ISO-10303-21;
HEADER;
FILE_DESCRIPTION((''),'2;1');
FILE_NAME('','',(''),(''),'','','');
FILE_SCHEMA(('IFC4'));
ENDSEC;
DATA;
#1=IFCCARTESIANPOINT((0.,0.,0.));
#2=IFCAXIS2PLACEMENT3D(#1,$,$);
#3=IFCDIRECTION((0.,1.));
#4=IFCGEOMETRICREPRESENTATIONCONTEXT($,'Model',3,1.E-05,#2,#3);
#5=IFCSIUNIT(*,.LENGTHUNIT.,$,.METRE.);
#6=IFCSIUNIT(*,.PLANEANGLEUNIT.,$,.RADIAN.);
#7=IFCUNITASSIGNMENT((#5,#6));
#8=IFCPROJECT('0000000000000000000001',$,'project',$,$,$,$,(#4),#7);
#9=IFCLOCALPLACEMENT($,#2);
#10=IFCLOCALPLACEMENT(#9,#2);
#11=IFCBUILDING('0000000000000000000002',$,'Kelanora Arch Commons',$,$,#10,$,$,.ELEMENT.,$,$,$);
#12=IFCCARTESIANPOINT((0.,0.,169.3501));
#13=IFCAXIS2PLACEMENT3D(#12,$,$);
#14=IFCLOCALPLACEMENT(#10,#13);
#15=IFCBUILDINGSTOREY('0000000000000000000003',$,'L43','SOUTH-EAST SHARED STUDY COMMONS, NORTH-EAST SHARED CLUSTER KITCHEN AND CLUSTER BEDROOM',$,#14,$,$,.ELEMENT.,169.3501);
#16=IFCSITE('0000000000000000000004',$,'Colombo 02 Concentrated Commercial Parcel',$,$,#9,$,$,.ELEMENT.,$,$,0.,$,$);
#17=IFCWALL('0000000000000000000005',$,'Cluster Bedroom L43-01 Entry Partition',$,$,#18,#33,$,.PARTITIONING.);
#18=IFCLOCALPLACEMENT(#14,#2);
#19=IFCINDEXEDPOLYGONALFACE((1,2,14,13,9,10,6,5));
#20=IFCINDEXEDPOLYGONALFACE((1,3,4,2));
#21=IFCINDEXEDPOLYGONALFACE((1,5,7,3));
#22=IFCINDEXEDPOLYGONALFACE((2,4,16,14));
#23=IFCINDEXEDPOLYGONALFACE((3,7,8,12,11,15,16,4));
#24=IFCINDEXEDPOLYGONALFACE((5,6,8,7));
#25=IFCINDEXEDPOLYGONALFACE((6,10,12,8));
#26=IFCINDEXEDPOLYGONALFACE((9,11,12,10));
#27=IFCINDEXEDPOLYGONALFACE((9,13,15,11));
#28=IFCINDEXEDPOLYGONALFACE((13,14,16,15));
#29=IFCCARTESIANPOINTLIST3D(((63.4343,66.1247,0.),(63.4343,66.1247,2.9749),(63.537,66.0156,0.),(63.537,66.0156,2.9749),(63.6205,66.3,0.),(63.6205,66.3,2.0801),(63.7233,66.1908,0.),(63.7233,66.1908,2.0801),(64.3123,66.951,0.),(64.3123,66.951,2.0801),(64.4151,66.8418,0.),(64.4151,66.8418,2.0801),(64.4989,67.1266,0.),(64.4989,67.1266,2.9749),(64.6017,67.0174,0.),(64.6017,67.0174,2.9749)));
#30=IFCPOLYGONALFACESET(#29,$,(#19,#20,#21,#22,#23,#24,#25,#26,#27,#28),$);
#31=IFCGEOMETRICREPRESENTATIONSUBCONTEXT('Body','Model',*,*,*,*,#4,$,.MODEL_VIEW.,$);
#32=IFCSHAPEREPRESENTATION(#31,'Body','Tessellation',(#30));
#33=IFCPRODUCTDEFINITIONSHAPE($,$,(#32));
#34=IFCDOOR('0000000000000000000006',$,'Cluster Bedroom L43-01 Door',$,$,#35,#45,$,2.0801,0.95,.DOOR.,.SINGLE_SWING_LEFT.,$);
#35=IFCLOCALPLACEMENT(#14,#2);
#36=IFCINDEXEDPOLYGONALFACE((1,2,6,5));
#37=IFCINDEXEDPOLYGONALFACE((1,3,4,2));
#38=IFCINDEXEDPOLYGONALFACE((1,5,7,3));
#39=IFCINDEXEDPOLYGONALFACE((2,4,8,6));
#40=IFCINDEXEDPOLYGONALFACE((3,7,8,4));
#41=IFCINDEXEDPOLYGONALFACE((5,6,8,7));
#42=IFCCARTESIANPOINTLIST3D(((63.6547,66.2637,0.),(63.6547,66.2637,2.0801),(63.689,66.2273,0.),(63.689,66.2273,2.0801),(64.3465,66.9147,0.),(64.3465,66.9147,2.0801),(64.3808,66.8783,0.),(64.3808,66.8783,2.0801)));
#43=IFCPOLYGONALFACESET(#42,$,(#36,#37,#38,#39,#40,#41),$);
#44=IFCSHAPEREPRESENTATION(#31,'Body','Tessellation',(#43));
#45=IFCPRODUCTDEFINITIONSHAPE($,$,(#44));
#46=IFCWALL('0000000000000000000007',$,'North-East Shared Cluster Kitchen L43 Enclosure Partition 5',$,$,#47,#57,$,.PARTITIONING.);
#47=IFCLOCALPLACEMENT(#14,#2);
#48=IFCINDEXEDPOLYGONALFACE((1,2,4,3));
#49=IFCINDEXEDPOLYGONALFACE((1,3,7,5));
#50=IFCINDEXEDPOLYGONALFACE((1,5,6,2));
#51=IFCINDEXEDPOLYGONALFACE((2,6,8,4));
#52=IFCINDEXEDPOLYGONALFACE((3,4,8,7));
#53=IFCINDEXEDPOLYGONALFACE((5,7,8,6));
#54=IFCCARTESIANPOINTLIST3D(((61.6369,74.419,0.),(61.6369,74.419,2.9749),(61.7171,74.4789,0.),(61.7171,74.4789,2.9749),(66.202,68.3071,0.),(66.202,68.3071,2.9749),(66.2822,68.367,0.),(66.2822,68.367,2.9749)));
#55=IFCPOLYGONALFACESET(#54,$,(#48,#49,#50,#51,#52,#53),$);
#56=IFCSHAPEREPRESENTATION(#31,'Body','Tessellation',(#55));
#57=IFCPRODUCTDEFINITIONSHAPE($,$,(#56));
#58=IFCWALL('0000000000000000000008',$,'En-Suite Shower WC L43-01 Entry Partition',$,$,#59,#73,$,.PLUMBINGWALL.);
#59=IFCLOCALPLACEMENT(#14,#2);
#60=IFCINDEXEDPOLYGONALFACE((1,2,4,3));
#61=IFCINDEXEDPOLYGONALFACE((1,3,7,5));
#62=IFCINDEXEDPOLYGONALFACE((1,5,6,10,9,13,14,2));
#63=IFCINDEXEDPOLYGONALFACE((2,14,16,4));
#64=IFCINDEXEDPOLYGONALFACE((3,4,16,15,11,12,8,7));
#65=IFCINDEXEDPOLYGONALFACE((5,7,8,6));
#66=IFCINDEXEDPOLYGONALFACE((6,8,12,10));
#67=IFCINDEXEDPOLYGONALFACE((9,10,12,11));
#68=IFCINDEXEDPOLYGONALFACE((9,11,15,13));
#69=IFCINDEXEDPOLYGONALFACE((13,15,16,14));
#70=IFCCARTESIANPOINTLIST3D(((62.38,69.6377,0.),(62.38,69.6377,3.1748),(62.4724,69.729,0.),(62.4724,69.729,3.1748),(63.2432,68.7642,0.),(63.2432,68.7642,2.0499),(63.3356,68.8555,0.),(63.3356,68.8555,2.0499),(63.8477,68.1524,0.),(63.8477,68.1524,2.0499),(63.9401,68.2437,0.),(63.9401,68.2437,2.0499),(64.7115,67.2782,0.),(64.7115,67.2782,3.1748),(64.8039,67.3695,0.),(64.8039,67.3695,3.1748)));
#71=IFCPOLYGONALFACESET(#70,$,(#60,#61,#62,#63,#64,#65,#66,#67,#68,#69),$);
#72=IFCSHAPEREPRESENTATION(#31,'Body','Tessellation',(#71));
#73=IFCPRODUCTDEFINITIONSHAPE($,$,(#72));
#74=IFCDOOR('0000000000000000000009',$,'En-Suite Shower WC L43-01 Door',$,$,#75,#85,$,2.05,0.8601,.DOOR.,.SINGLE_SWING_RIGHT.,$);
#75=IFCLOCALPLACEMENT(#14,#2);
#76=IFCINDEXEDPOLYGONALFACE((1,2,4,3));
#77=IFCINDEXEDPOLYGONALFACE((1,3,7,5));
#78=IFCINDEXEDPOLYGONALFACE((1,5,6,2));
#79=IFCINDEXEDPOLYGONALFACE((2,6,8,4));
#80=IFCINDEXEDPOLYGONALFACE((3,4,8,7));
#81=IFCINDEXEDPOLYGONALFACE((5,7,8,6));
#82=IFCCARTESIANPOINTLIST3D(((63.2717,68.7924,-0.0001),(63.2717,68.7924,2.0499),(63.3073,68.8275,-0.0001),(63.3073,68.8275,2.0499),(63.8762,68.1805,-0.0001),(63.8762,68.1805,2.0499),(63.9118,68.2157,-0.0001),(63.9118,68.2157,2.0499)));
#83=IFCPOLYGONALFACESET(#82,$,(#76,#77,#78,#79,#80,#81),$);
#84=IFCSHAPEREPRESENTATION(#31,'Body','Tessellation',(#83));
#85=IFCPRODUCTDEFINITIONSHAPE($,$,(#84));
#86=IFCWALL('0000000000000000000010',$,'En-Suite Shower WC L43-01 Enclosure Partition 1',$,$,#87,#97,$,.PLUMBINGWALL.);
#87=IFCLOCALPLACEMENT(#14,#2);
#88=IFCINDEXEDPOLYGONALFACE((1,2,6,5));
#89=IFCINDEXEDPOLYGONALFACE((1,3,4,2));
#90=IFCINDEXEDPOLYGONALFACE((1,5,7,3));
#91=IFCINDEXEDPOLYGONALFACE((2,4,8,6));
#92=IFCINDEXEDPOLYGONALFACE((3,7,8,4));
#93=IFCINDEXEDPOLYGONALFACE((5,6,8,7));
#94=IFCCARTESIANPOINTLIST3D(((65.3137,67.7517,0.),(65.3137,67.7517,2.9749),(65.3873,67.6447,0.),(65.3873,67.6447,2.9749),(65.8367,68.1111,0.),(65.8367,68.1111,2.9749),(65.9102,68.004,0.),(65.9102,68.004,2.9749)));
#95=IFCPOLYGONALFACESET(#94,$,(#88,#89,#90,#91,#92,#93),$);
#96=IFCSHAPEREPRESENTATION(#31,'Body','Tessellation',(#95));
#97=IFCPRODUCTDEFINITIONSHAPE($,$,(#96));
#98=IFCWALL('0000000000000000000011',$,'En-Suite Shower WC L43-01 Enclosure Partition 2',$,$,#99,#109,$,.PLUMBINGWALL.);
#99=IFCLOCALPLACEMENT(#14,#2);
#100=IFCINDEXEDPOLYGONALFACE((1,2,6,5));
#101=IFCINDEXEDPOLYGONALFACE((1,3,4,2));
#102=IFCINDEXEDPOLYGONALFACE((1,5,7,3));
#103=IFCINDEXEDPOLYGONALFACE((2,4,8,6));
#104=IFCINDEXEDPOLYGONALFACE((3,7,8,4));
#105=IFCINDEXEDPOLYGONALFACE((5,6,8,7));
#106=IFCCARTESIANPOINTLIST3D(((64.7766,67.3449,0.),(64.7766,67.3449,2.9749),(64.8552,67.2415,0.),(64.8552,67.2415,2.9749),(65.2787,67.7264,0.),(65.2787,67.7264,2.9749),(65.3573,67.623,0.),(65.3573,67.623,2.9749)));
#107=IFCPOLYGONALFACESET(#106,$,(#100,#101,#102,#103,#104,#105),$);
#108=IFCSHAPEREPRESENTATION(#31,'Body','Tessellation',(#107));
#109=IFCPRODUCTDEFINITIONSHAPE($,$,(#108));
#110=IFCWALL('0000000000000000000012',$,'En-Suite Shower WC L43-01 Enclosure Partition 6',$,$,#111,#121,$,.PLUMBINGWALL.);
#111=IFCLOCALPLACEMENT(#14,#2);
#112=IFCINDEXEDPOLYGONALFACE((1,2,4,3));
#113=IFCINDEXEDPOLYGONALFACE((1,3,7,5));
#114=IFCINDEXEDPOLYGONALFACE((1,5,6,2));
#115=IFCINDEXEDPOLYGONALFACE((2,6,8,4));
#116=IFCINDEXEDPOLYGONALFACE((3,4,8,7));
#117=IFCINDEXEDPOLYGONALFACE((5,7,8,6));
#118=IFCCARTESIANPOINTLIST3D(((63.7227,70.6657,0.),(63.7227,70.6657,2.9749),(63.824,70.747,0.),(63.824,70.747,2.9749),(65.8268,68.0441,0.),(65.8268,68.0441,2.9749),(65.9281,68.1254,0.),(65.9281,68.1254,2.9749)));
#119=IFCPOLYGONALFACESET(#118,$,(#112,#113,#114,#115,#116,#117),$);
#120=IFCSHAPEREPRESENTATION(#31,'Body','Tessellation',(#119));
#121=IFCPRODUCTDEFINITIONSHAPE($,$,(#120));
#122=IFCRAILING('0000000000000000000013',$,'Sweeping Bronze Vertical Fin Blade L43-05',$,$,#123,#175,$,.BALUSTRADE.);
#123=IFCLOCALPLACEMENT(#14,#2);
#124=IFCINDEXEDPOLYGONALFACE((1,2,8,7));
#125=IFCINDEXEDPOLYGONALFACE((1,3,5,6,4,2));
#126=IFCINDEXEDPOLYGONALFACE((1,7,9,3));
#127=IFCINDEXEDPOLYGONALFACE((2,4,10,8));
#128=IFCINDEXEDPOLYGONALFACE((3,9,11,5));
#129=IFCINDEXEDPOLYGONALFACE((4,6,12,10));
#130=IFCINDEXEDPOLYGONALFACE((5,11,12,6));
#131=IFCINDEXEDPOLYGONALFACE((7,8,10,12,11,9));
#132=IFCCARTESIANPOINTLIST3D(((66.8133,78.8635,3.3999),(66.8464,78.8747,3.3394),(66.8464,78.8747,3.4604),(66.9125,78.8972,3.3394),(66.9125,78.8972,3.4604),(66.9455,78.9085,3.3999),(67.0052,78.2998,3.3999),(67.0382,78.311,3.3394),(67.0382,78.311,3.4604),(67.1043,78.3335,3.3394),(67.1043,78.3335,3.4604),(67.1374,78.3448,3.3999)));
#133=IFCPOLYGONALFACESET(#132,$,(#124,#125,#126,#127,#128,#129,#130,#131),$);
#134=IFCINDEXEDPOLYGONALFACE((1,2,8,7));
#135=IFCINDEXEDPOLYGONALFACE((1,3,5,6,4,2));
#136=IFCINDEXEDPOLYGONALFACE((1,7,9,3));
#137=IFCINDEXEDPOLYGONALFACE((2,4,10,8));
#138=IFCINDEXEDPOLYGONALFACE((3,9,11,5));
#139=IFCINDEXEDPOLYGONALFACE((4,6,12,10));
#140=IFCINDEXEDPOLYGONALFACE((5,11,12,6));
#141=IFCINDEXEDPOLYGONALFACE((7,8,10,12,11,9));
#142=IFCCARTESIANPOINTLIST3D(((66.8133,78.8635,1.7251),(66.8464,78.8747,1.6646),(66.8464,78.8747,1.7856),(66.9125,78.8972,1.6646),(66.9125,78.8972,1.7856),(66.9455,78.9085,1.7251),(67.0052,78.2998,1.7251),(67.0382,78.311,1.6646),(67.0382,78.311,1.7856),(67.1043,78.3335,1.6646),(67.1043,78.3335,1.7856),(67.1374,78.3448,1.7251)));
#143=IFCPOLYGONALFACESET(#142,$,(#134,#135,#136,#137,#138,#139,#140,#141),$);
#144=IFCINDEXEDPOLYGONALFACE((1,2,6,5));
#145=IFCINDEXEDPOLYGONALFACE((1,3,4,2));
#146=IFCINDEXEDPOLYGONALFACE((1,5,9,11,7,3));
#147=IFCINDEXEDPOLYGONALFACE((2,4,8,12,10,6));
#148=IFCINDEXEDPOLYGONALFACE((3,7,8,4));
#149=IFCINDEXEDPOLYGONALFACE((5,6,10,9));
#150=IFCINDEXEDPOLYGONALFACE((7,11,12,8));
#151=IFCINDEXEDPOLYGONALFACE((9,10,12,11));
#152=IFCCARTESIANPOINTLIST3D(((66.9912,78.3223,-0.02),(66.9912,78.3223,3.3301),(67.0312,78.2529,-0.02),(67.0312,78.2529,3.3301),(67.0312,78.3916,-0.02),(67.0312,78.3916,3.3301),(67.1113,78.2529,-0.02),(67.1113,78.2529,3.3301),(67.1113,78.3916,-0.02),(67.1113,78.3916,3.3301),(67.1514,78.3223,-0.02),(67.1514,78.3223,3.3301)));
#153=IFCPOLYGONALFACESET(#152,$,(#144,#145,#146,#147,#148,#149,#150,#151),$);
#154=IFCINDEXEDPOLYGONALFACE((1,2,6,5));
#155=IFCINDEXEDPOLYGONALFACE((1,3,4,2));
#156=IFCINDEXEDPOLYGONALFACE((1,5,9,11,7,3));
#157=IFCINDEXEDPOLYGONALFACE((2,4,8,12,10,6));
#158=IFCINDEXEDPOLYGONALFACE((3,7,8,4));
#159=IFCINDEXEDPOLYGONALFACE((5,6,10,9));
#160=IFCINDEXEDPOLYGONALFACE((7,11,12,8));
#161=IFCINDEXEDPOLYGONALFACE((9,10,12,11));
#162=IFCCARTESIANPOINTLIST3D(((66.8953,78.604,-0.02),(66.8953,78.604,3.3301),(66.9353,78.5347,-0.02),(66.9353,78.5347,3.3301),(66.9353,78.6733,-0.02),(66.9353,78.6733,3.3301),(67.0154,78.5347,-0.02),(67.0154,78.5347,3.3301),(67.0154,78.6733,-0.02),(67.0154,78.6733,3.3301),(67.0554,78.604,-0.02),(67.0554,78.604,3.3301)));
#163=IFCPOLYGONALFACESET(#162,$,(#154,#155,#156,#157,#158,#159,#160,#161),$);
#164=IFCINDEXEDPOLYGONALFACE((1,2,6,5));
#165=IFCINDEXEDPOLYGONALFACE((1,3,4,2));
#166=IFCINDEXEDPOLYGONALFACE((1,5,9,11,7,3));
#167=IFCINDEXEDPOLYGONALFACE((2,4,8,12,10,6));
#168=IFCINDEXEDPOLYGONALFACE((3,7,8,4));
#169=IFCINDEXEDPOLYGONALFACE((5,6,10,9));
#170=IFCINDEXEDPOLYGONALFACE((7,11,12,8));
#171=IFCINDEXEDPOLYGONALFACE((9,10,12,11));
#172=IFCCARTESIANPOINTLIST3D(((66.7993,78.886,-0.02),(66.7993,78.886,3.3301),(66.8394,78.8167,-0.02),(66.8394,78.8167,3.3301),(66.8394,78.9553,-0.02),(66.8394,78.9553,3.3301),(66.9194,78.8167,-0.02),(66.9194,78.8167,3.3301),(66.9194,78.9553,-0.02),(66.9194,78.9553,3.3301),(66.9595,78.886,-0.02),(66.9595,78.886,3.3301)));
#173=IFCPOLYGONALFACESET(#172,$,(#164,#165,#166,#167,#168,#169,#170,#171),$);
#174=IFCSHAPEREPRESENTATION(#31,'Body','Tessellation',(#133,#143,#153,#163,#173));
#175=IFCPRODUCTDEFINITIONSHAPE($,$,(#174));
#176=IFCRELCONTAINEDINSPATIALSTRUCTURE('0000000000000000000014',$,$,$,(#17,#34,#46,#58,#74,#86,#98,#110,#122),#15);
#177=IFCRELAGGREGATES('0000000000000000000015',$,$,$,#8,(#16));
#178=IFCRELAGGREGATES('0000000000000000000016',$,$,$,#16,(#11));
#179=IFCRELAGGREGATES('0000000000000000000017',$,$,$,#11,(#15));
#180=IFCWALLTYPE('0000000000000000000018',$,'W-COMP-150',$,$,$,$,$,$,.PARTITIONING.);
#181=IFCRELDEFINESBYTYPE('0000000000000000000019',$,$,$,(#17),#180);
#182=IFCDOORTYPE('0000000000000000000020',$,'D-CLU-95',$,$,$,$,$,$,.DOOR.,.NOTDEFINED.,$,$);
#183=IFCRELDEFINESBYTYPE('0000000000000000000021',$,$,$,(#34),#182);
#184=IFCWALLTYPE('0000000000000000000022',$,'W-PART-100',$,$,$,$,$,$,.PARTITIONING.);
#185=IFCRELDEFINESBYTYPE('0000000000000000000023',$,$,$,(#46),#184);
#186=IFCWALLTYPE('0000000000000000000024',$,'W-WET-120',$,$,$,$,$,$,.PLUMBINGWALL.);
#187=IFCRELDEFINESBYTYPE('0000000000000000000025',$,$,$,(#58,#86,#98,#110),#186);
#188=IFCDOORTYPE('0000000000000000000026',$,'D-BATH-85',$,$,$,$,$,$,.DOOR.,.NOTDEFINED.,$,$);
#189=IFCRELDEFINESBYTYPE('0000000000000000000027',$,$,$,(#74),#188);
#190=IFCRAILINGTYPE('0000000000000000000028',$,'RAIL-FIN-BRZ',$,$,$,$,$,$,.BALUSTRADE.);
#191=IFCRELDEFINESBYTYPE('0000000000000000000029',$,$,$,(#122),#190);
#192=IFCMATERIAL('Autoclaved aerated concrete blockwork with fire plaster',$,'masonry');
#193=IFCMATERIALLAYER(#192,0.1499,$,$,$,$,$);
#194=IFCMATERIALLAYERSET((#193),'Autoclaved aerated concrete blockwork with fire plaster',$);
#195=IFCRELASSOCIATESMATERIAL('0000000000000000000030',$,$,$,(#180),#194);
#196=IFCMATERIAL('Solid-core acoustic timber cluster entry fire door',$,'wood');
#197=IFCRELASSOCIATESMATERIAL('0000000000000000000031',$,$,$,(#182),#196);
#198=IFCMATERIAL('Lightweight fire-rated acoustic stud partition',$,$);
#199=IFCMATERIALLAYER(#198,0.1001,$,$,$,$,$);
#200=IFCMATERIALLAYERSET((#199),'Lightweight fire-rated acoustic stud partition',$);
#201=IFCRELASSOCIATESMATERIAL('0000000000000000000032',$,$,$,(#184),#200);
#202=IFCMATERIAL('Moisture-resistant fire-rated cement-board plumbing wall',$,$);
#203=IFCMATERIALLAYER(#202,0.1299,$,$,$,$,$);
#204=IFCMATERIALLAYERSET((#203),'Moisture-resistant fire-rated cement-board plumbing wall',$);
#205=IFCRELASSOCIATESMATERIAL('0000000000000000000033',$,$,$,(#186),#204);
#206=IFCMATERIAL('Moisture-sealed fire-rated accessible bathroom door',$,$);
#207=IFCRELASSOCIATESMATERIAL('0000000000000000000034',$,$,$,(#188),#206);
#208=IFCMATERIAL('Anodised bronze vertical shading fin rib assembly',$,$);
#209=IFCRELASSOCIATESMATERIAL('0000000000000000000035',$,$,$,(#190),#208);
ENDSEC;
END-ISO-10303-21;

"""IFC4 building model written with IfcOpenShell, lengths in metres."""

from ifc_helpers import new_model, si_unit, direction, frame, frame_2d, origin, place, context, subcontext, project, spatial, polyline, rectangle, outline, extrude, material, layer, layer_set, type_object, element, fill, save


model = new_model("IFC4")

# Units and contexts
model_context = context("Model", 3, precision=1e-05, world=origin(), true_north=direction((0.0, 1.0)))
body_context = subcontext(model_context, "Body", "Model", "MODEL_VIEW")
ifc_project = project(units=[si_unit("LENGTHUNIT", "METRE"), si_unit("PLANEANGLEUNIT", "RADIAN")], contexts=[model_context])

# Site, building, storey
site_placement = place(None, origin())
site = spatial("IfcSite", under=ifc_project, at=site_placement, Name="Colombo 02 Concentrated Commercial Parcel", CompositionType="ELEMENT", RefElevation=0.0)
building_placement = place(site_placement, origin())
building = spatial("IfcBuilding", under=site, at=building_placement, Name="Kelanora Arch Commons", CompositionType="ELEMENT")
storey_placement = place(building_placement, frame((0.0, 0.0, 169.3501)))
storey = spatial("IfcBuildingStorey", under=building, at=storey_placement, Name="L43", Description="SOUTH-EAST SHARED STUDY COMMONS, NORTH-EAST SHARED CLUSTER KITCHEN AND CLUSTER BEDROOM", CompositionType="ELEMENT", Elevation=169.3501)

# Wall, opening, door
ifc_material_1 = material(Name="Autoclaved aerated concrete blockwork with fire plaster", Category="masonry")
ifc_layer_1 = layer(ifc_material_1, 0.1499)
ifc_layer_set_1 = layer_set([ifc_layer_1], Name="Autoclaved aerated concrete blockwork with fire plaster")
wall_type_1 = type_object("IfcWallType", Name="W-COMP-150", PredefinedType="PARTITIONING", material=ifc_layer_set_1)
wall_1_placement = place(storey_placement, frame((64.5503, 67.072, 0.0), z_axis=(0.0, 0.0, 1.0), x_axis=(-0.728239, -0.685323, 0.0)))
wall_1 = element("IfcWall", 1, at=wall_1_placement, inside=storey, type_object=wall_type_1, Name="Cluster Bedroom L43-01 Entry Partition", PredefinedType="PARTITIONING", context=body_context, shape_type="SweptSolid", body=[
    extrude(rectangle(XDim=1.4619, YDim=0.1499, at=frame_2d((0.731, 0.0))), origin(), (0.0, 0.0, 1.0), 2.9749),
])
opening_1_placement = place(wall_1_placement, frame((0.2561, 0.0, 0.0)))
opening_1 = element("IfcOpeningElement", 2, at=opening_1_placement, cuts=wall_1, PredefinedType="OPENING", context=body_context, shape_type="SweptSolid", body=[
    extrude(rectangle(XDim=0.95, YDim=2.0801, at=frame_2d((0.4751, 1.04))), frame((0.0, 0.085, 0.0), z_axis=(0.0, -1.0, 0.0), x_axis=(1.0, 0.0, 0.0)), (0.0, 0.0, 1.0), 0.1699),
])
ifc_material_2 = material(Name="Solid-core acoustic timber cluster entry fire door", Category="wood")
door_type_1 = type_object("IfcDoorType", Name="D-CLU-95", OperationType="NOTDEFINED", PredefinedType="DOOR", material=ifc_material_2)
door_1_placement = place(opening_1_placement, origin())
door_1 = element("IfcDoor", 3, at=door_1_placement, inside=storey, type_object=door_type_1, Name="Cluster Bedroom L43-01 Door", OperationType="SINGLE_SWING_LEFT", OverallHeight=2.0801, OverallWidth=0.95, PredefinedType="DOOR", context=body_context, shape_type="SweptSolid", body=[
    extrude(rectangle(XDim=0.95, YDim=2.0801, at=frame_2d((0.4751, 1.04))), frame((0.0, 0.0249, 0.0), z_axis=(0.0, -1.0, 0.0), x_axis=(1.0, 0.0, 0.0)), (0.0, 0.0, 1.0), 0.05),
])
fill(opening_1, door_1)

# Wall
ifc_material_3 = material(Name="Lightweight fire-rated acoustic stud partition")
ifc_layer_2 = layer(ifc_material_3, 0.1001)
ifc_layer_set_2 = layer_set([ifc_layer_2], Name="Lightweight fire-rated acoustic stud partition")
wall_type_2 = type_object("IfcWallType", Name="W-PART-100", PredefinedType="PARTITIONING", material=ifc_layer_set_2)
wall_2_placement = place(storey_placement, frame((66.2422, 68.3369, 0.0), z_axis=(0.0, 0.0, 1.0), x_axis=(-0.598417, 0.801185, 0.0)))
element("IfcWall", 4, at=wall_2_placement, inside=storey, type_object=wall_type_2, Name="North-East Shared Cluster Kitchen L43 Enclosure Partition 5", PredefinedType="PARTITIONING", context=body_context, shape_type="SweptSolid", body=[
    extrude(rectangle(XDim=7.6287, YDim=0.1001, at=frame_2d((3.8145, 0.0))), origin(), (0.0, 0.0, 1.0), 2.9749),
])

# Wall, opening, door
ifc_material_4 = material(Name="Moisture-resistant fire-rated cement-board plumbing wall")
ifc_layer_3 = layer(ifc_material_4, 0.1299)
ifc_layer_set_3 = layer_set([ifc_layer_3], Name="Moisture-resistant fire-rated cement-board plumbing wall")
wall_type_3 = type_object("IfcWallType", Name="W-WET-120", PredefinedType="PLUMBINGWALL", material=ifc_layer_set_3)
wall_3_placement = place(storey_placement, frame((64.7578, 67.3237, 0.0), z_axis=(0.0, 0.0, 1.0), x_axis=(-0.702862, 0.711326, 0.0)))
wall_3 = element("IfcWall", 5, at=wall_3_placement, inside=storey, type_object=wall_type_3, Name="En-Suite Shower WC L43-01 Entry Partition", PredefinedType="PLUMBINGWALL", context=body_context, shape_type="SweptSolid", body=[
    extrude(rectangle(XDim=3.3171, YDim=0.1299, at=frame_2d((1.6587, 0.0))), origin(), (0.0, 0.0, 1.0), 3.1748),
])
opening_2_placement = place(wall_3_placement, frame((1.229, 0.0, 0.0)))
opening_2 = element("IfcOpeningElement", 6, at=opening_2_placement, cuts=wall_3, PredefinedType="OPENING", context=body_context, shape_type="SweptSolid", body=[
    extrude(rectangle(XDim=0.8601, YDim=2.05, at=frame_2d((0.4302, 1.0249))), frame((0.0, 0.075, 0.0), z_axis=(0.0, -1.0, 0.0), x_axis=(1.0, 0.0, 0.0)), (0.0, 0.0, 1.0), 0.1499),
])
ifc_material_5 = material(Name="Moisture-sealed fire-rated accessible bathroom door")
door_type_2 = type_object("IfcDoorType", Name="D-BATH-85", OperationType="NOTDEFINED", PredefinedType="DOOR", material=ifc_material_5)
door_2_placement = place(opening_2_placement, origin())
door_2 = element("IfcDoor", 7, at=door_2_placement, inside=storey, type_object=door_type_2, Name="En-Suite Shower WC L43-01 Door", OperationType="SINGLE_SWING_RIGHT", OverallHeight=2.05, OverallWidth=0.8601, PredefinedType="DOOR", context=body_context, shape_type="SweptSolid", body=[
    extrude(rectangle(XDim=0.8601, YDim=2.05, at=frame_2d((0.4302, 1.0249))), frame((0.0, 0.0249, 0.0), z_axis=(0.0, -1.0, 0.0), x_axis=(1.0, 0.0, 0.0)), (0.0, 0.0, 1.0), 0.05),
])
fill(opening_2, door_2)

# Walls
wall_4_placement = place(storey_placement, frame((65.8735, 68.0576, 0.0), z_axis=(0.0, 0.0, 1.0), x_axis=(-0.824154, -0.566366, 0.0)))
element("IfcWall", 8, at=wall_4_placement, inside=storey, type_object=wall_type_3, Name="En-Suite Shower WC L43-01 Enclosure Partition 1", PredefinedType="PLUMBINGWALL", context=body_context, shape_type="SweptSolid", body=[
    extrude(rectangle(XDim=0.6345, YDim=0.1299, at=frame_2d((0.3174, 0.0))), origin(), (0.0, 0.0, 1.0), 2.9749),
])
wall_5_placement = place(storey_placement, frame((65.3181, 67.6748, 0.0), z_axis=(0.0, 0.0, 1.0), x_axis=(-0.796222, -0.605005, 0.0)))
element("IfcWall", 9, at=wall_5_placement, inside=storey, type_object=wall_type_3, Name="En-Suite Shower WC L43-01 Enclosure Partition 2", PredefinedType="PLUMBINGWALL", context=body_context, shape_type="SweptSolid", body=[
    extrude(rectangle(XDim=0.6306, YDim=0.1299, at=frame_2d((0.3154, 0.0))), origin(), (0.0, 0.0, 1.0), 2.9749),
])
wall_6_placement = place(storey_placement, frame((63.7734, 70.7063, 0.0), z_axis=(0.0, 0.0, 1.0), x_axis=(0.625917, -0.77989, 0.0)))
element("IfcWall", 10, at=wall_6_placement, inside=storey, type_object=wall_type_3, Name="En-Suite Shower WC L43-01 Enclosure Partition 6", PredefinedType="PLUMBINGWALL", context=body_context, shape_type="SweptSolid", body=[
    extrude(rectangle(XDim=3.3616, YDim=0.1299, at=frame_2d((1.6807, 0.0))), origin(), (0.0, 0.0, 1.0), 2.9749),
])

# Railing
ifc_material_6 = material(Name="Anodised bronze vertical shading fin rib assembly")
railing_type = type_object("IfcRailingType", Name="RAIL-FIN-BRZ", PredefinedType="BALUSTRADE", material=ifc_material_6)
railing_placement = place(storey_placement, frame((67.0713, 78.3223, -0.02)))
element("IfcRailing", 11, at=railing_placement, inside=storey, type_object=railing_type, Name="Sweeping Bronze Vertical Fin Blade L43-05", PredefinedType="BALUSTRADE", context=body_context, shape_type="SweptSolid", body=[
    extrude(outline(polyline([(0.0698, 0.0), (0.0349, 0.0605), (-0.0349, 0.0605), (-0.0698, 0.0), (-0.0349, -0.0605), (0.0349, -0.0605), (0.0698, 0.0)])), frame((0.0, 0.0, 3.4199), z_axis=(-0.322248, 0.946655, 0.0), x_axis=(-0.946655, -0.322248, 0.0)), (0.0, 0.0, 1.0), 0.5955),
    extrude(outline(polyline([(0.0698, 0.0), (0.0349, 0.0605), (-0.0349, 0.0605), (-0.0698, 0.0), (-0.0349, -0.0605), (0.0349, -0.0605), (0.0698, 0.0)])), frame((0.0, 0.0, 1.7451), z_axis=(-0.322248, 0.946655, 0.0), x_axis=(-0.946655, -0.322248, 0.0)), (0.0, 0.0, 1.0), 0.5955),
    extrude(outline(polyline([(0.0801, 0.0), (0.04, 0.0693), (-0.04, 0.0693), (-0.0801, 0.0), (-0.04, -0.0693), (0.04, -0.0693), (0.0801, 0.0)])), origin(), (0.0, 0.0, 1.0), 3.3501),
    extrude(outline(polyline([(0.0801, 0.0), (0.04, 0.0693), (-0.04, 0.0693), (-0.0801, 0.0), (-0.04, -0.0693), (0.04, -0.0693), (0.0801, 0.0)])), frame((-0.0959, 0.2817, 0.0)), (0.0, 0.0, 1.0), 3.3501),
    extrude(outline(polyline([(0.0801, 0.0), (0.04, 0.0693), (-0.04, 0.0693), (-0.0801, 0.0), (-0.04, -0.0693), (0.04, -0.0693), (0.0801, 0.0)])), frame((-0.1919, 0.5637, 0.0)), (0.0, 0.0, 1.0), 3.3501),
])

save(model, "model.ifc")
